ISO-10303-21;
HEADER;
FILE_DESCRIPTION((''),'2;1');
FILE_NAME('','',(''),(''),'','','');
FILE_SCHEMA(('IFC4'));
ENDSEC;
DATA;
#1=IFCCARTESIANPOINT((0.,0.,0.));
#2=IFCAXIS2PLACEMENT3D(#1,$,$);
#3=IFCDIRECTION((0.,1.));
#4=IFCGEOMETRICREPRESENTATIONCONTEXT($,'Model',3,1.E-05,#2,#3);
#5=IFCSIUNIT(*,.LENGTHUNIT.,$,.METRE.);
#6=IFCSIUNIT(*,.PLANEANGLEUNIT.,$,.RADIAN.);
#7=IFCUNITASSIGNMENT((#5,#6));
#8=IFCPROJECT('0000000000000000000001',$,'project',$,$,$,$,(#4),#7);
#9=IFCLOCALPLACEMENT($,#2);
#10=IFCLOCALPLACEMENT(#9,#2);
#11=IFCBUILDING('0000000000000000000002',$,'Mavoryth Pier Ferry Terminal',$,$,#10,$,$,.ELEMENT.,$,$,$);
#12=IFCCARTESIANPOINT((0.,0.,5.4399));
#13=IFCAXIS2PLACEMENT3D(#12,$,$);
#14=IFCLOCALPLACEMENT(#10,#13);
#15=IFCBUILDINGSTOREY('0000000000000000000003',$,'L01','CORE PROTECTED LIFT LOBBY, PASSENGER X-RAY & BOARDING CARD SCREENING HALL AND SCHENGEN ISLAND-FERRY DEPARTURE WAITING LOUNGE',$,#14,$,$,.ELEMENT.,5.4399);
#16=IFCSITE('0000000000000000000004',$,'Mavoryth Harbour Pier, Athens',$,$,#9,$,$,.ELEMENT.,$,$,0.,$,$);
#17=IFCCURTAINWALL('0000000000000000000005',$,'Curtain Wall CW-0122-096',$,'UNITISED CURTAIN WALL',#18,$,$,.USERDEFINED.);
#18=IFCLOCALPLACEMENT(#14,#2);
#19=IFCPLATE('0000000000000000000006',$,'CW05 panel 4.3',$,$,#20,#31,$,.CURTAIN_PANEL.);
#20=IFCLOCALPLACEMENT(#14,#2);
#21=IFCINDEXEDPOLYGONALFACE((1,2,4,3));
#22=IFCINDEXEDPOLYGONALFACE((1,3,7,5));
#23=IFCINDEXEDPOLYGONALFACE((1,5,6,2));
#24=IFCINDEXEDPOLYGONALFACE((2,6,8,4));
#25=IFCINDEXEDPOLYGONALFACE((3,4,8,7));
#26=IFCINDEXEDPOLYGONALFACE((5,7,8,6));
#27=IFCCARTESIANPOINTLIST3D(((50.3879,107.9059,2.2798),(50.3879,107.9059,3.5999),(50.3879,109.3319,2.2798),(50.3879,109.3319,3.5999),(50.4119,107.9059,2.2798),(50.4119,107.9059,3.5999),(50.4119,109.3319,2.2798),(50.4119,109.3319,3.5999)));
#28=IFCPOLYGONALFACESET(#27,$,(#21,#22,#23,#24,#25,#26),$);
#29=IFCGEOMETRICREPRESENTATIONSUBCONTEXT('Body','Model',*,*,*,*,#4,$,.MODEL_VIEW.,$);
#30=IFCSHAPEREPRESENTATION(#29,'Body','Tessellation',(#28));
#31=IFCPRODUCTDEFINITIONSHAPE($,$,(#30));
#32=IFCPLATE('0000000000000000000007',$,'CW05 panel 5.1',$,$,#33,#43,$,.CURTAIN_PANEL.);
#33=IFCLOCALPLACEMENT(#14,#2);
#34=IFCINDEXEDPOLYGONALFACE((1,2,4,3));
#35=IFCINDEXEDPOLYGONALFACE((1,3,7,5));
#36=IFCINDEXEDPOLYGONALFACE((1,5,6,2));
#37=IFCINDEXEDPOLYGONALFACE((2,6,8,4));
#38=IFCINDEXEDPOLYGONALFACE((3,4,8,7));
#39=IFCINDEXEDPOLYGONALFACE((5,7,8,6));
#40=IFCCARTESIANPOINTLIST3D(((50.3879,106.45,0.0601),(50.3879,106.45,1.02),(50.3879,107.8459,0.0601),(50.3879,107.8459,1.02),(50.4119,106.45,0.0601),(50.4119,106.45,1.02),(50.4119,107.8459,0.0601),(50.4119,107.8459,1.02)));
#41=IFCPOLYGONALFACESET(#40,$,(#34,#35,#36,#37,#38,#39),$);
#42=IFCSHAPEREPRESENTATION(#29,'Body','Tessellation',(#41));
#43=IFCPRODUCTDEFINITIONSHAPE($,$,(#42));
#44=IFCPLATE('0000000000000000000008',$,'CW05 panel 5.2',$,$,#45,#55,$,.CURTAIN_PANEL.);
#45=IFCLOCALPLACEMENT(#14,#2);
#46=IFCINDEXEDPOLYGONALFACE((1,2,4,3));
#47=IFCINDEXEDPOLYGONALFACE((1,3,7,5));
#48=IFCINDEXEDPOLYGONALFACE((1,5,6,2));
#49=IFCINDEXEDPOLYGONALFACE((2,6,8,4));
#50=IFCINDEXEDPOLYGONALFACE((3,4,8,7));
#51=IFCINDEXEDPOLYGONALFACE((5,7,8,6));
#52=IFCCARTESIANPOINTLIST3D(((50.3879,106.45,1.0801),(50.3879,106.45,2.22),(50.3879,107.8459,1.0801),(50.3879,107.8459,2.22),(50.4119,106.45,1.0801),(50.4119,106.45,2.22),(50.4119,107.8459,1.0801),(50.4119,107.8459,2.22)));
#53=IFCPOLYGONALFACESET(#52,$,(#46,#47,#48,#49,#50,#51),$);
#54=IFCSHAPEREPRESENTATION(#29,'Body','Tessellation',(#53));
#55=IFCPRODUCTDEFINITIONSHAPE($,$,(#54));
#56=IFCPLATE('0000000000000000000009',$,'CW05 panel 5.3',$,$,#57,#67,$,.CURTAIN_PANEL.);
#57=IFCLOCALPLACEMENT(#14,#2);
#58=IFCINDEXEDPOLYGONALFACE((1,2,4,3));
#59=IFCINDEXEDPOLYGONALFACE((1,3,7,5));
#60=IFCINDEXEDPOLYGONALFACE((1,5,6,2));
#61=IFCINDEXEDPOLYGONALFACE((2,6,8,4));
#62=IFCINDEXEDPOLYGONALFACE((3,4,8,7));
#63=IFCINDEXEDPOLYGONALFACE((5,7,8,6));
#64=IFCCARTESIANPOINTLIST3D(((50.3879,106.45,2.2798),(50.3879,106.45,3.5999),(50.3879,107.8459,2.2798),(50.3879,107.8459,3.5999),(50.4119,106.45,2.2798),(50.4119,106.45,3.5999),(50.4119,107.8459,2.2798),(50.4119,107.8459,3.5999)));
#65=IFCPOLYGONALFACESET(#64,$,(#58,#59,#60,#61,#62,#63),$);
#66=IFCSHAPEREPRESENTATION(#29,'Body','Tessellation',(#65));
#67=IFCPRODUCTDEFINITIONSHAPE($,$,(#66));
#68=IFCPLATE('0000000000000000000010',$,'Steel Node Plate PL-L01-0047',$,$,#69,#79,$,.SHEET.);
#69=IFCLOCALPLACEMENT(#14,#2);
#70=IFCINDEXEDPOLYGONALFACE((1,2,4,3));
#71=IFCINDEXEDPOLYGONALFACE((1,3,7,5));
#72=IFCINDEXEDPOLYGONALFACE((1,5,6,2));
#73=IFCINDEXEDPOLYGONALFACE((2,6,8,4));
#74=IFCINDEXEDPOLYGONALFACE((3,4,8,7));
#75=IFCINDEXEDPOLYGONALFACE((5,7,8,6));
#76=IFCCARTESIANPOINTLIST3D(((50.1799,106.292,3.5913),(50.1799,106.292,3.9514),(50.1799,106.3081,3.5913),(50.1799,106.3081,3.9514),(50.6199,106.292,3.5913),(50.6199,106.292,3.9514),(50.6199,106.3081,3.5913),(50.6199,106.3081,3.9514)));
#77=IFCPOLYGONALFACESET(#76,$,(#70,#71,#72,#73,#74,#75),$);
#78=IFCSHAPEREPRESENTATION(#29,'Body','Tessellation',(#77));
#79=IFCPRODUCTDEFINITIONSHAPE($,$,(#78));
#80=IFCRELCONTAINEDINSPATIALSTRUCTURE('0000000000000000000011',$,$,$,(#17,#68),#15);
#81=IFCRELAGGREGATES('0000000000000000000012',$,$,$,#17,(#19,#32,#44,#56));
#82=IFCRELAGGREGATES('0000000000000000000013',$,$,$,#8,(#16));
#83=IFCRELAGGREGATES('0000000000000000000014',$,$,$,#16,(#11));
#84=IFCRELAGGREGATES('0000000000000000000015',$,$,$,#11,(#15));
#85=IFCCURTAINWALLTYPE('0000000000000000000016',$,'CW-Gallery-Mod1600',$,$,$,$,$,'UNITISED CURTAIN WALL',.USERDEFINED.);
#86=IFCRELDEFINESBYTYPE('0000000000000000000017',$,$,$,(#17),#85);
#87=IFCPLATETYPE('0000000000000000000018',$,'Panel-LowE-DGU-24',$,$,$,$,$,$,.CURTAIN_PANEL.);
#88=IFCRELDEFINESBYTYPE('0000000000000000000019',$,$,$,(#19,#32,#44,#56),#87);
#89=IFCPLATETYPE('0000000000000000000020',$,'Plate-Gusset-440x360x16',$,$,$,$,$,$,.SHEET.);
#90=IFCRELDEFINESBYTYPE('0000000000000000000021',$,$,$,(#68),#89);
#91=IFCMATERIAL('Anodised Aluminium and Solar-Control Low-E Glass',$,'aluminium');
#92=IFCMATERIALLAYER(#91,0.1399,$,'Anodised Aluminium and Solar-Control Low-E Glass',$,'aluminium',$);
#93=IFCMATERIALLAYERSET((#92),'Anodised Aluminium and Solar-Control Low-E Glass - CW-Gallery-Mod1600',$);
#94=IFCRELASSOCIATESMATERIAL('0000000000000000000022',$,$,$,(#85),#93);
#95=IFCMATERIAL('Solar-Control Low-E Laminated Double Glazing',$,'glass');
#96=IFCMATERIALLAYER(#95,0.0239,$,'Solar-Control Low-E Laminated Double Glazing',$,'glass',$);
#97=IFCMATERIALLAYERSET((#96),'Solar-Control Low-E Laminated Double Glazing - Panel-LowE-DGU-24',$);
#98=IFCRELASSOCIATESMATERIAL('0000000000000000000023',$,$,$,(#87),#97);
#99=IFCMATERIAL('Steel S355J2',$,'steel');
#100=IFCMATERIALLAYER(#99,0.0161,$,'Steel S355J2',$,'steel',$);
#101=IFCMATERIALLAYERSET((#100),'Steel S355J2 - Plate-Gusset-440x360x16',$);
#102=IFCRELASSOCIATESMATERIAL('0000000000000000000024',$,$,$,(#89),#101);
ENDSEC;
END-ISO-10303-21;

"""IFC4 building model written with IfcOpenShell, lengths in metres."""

from ifc_helpers import new_model, si_unit, direction, frame, origin, origin_2d, place, context, subcontext, project, spatial, rectangle, extrude, material, layer, layer_set, type_object, element, aggregate, save


model = new_model("IFC4")

# Units and contexts
model_context = context("Model", 3, precision=1e-05, world=origin(), true_north=direction((0.0, 1.0)))
body_context = subcontext(model_context, "Body", "Model", "MODEL_VIEW")
ifc_project = project(units=[si_unit("LENGTHUNIT", "METRE"), si_unit("PLANEANGLEUNIT", "RADIAN")], contexts=[model_context])

# Site, building, storey
site_placement = place(None, origin())
site = spatial("IfcSite", under=ifc_project, at=site_placement, Name="Mavoryth Harbour Pier, Athens", CompositionType="ELEMENT", RefElevation=0.0)
building_placement = place(site_placement, origin())
building = spatial("IfcBuilding", under=site, at=building_placement, Name="Mavoryth Pier Ferry Terminal", CompositionType="ELEMENT")
storey_placement = place(building_placement, frame((0.0, 0.0, 5.4399)))
storey = spatial("IfcBuildingStorey", under=building, at=storey_placement, Name="L01", Description="CORE PROTECTED LIFT LOBBY, PASSENGER X-RAY & BOARDING CARD SCREENING HALL AND SCHENGEN ISLAND-FERRY DEPARTURE WAITING LOUNGE", CompositionType="ELEMENT", Elevation=5.4399)

# Curtain wall
ifc_material_1 = material(Name="Anodised Aluminium and Solar-Control Low-E Glass", Category="aluminium")
ifc_layer_1 = layer(ifc_material_1, 0.1399, Name="Anodised Aluminium and Solar-Control Low-E Glass", Category="aluminium")
ifc_layer_set_1 = layer_set([ifc_layer_1], Name="Anodised Aluminium and Solar-Control Low-E Glass - CW-Gallery-Mod1600")
curtain_wall_type = type_object("IfcCurtainWallType", Name="CW-Gallery-Mod1600", ElementType="UNITISED CURTAIN WALL", PredefinedType="USERDEFINED", material=ifc_layer_set_1)
curtain_wall_placement = place(storey_placement, origin())
curtain_wall = element("IfcCurtainWall", 1, at=curtain_wall_placement, inside=storey, type_object=curtain_wall_type, Name="Curtain Wall CW-0122-096", ObjectType="UNITISED CURTAIN WALL", PredefinedType="USERDEFINED")

# Shared definitions
ifc_material_2 = material(Name="Steel S355J2", Category="steel")

# Plates
ifc_material_3 = material(Name="Solar-Control Low-E Laminated Double Glazing", Category="glass")
ifc_layer_2 = layer(ifc_material_3, 0.0239, Name="Solar-Control Low-E Laminated Double Glazing", Category="glass")
ifc_layer_set_2 = layer_set([ifc_layer_2], Name="Solar-Control Low-E Laminated Double Glazing - Panel-LowE-DGU-24")
plate_type_1 = type_object("IfcPlateType", Name="Panel-LowE-DGU-24", PredefinedType="CURTAIN_PANEL", material=ifc_layer_set_2)
plate_1_placement = place(storey_placement, frame((50.3999, 108.6189, 2.2798), z_axis=(0.0, 0.0, 1.0), x_axis=(0.0, -1.0, 0.0)))
plate_1 = element("IfcPlate", 2, at=plate_1_placement, type_object=plate_type_1, Name="CW05 panel 4.3", PredefinedType="CURTAIN_PANEL", context=body_context, shape_type="SweptSolid", body=[
    extrude(rectangle(XDim=1.426, YDim=0.0239, at=origin_2d()), origin(), (0.0, 0.0, 1.0), 1.3201),
])
plate_2_placement = place(storey_placement, frame((50.3999, 107.1479, 0.0601), z_axis=(0.0, 0.0, 1.0), x_axis=(0.0, -1.0, 0.0)))
plate_2 = element("IfcPlate", 3, at=plate_2_placement, type_object=plate_type_1, Name="CW05 panel 5.1", PredefinedType="CURTAIN_PANEL", context=body_context, shape_type="SweptSolid", body=[
    extrude(rectangle(XDim=1.396, YDim=0.0239, at=origin_2d()), origin(), (0.0, 0.0, 1.0), 0.96),
])
plate_3_placement = place(storey_placement, frame((50.3999, 107.1479, 1.0801), z_axis=(0.0, 0.0, 1.0), x_axis=(0.0, -1.0, 0.0)))
plate_3 = element("IfcPlate", 4, at=plate_3_placement, type_object=plate_type_1, Name="CW05 panel 5.2", PredefinedType="CURTAIN_PANEL", context=body_context, shape_type="SweptSolid", body=[
    extrude(rectangle(XDim=1.396, YDim=0.0239, at=origin_2d()), origin(), (0.0, 0.0, 1.0), 1.1399),
])
plate_4_placement = place(storey_placement, frame((50.3999, 107.1479, 2.2798), z_axis=(0.0, 0.0, 1.0), x_axis=(0.0, -1.0, 0.0)))
plate_4 = element("IfcPlate", 5, at=plate_4_placement, type_object=plate_type_1, Name="CW05 panel 5.3", PredefinedType="CURTAIN_PANEL", context=body_context, shape_type="SweptSolid", body=[
    extrude(rectangle(XDim=1.396, YDim=0.0239, at=origin_2d()), origin(), (0.0, 0.0, 1.0), 1.3201),
])
aggregate(curtain_wall, [plate_1, plate_2, plate_3, plate_4])
ifc_layer_3 = layer(ifc_material_2, 0.0161, Name="Steel S355J2", Category="steel")
ifc_layer_set_3 = layer_set([ifc_layer_3], Name="Steel S355J2 - Plate-Gusset-440x360x16")
plate_type_2 = type_object("IfcPlateType", Name="Plate-Gusset-440x360x16", PredefinedType="SHEET", material=ifc_layer_set_3)
plate_5_placement = place(storey_placement, frame((50.3999, 106.3, 3.5913), z_axis=(0.0, 0.0, 1.0), x_axis=(1.0, 0.0, 0.0)))
element("IfcPlate", 6, at=plate_5_placement, inside=storey, type_object=plate_type_2, Name="Steel Node Plate PL-L01-0047", PredefinedType="SHEET", context=body_context, shape_type="SweptSolid", body=[
    extrude(rectangle(XDim=0.4399, YDim=0.0161, at=origin_2d()), origin(), (0.0, 0.0, 1.0), 0.3601),
])

save(model, "model.ifc")
